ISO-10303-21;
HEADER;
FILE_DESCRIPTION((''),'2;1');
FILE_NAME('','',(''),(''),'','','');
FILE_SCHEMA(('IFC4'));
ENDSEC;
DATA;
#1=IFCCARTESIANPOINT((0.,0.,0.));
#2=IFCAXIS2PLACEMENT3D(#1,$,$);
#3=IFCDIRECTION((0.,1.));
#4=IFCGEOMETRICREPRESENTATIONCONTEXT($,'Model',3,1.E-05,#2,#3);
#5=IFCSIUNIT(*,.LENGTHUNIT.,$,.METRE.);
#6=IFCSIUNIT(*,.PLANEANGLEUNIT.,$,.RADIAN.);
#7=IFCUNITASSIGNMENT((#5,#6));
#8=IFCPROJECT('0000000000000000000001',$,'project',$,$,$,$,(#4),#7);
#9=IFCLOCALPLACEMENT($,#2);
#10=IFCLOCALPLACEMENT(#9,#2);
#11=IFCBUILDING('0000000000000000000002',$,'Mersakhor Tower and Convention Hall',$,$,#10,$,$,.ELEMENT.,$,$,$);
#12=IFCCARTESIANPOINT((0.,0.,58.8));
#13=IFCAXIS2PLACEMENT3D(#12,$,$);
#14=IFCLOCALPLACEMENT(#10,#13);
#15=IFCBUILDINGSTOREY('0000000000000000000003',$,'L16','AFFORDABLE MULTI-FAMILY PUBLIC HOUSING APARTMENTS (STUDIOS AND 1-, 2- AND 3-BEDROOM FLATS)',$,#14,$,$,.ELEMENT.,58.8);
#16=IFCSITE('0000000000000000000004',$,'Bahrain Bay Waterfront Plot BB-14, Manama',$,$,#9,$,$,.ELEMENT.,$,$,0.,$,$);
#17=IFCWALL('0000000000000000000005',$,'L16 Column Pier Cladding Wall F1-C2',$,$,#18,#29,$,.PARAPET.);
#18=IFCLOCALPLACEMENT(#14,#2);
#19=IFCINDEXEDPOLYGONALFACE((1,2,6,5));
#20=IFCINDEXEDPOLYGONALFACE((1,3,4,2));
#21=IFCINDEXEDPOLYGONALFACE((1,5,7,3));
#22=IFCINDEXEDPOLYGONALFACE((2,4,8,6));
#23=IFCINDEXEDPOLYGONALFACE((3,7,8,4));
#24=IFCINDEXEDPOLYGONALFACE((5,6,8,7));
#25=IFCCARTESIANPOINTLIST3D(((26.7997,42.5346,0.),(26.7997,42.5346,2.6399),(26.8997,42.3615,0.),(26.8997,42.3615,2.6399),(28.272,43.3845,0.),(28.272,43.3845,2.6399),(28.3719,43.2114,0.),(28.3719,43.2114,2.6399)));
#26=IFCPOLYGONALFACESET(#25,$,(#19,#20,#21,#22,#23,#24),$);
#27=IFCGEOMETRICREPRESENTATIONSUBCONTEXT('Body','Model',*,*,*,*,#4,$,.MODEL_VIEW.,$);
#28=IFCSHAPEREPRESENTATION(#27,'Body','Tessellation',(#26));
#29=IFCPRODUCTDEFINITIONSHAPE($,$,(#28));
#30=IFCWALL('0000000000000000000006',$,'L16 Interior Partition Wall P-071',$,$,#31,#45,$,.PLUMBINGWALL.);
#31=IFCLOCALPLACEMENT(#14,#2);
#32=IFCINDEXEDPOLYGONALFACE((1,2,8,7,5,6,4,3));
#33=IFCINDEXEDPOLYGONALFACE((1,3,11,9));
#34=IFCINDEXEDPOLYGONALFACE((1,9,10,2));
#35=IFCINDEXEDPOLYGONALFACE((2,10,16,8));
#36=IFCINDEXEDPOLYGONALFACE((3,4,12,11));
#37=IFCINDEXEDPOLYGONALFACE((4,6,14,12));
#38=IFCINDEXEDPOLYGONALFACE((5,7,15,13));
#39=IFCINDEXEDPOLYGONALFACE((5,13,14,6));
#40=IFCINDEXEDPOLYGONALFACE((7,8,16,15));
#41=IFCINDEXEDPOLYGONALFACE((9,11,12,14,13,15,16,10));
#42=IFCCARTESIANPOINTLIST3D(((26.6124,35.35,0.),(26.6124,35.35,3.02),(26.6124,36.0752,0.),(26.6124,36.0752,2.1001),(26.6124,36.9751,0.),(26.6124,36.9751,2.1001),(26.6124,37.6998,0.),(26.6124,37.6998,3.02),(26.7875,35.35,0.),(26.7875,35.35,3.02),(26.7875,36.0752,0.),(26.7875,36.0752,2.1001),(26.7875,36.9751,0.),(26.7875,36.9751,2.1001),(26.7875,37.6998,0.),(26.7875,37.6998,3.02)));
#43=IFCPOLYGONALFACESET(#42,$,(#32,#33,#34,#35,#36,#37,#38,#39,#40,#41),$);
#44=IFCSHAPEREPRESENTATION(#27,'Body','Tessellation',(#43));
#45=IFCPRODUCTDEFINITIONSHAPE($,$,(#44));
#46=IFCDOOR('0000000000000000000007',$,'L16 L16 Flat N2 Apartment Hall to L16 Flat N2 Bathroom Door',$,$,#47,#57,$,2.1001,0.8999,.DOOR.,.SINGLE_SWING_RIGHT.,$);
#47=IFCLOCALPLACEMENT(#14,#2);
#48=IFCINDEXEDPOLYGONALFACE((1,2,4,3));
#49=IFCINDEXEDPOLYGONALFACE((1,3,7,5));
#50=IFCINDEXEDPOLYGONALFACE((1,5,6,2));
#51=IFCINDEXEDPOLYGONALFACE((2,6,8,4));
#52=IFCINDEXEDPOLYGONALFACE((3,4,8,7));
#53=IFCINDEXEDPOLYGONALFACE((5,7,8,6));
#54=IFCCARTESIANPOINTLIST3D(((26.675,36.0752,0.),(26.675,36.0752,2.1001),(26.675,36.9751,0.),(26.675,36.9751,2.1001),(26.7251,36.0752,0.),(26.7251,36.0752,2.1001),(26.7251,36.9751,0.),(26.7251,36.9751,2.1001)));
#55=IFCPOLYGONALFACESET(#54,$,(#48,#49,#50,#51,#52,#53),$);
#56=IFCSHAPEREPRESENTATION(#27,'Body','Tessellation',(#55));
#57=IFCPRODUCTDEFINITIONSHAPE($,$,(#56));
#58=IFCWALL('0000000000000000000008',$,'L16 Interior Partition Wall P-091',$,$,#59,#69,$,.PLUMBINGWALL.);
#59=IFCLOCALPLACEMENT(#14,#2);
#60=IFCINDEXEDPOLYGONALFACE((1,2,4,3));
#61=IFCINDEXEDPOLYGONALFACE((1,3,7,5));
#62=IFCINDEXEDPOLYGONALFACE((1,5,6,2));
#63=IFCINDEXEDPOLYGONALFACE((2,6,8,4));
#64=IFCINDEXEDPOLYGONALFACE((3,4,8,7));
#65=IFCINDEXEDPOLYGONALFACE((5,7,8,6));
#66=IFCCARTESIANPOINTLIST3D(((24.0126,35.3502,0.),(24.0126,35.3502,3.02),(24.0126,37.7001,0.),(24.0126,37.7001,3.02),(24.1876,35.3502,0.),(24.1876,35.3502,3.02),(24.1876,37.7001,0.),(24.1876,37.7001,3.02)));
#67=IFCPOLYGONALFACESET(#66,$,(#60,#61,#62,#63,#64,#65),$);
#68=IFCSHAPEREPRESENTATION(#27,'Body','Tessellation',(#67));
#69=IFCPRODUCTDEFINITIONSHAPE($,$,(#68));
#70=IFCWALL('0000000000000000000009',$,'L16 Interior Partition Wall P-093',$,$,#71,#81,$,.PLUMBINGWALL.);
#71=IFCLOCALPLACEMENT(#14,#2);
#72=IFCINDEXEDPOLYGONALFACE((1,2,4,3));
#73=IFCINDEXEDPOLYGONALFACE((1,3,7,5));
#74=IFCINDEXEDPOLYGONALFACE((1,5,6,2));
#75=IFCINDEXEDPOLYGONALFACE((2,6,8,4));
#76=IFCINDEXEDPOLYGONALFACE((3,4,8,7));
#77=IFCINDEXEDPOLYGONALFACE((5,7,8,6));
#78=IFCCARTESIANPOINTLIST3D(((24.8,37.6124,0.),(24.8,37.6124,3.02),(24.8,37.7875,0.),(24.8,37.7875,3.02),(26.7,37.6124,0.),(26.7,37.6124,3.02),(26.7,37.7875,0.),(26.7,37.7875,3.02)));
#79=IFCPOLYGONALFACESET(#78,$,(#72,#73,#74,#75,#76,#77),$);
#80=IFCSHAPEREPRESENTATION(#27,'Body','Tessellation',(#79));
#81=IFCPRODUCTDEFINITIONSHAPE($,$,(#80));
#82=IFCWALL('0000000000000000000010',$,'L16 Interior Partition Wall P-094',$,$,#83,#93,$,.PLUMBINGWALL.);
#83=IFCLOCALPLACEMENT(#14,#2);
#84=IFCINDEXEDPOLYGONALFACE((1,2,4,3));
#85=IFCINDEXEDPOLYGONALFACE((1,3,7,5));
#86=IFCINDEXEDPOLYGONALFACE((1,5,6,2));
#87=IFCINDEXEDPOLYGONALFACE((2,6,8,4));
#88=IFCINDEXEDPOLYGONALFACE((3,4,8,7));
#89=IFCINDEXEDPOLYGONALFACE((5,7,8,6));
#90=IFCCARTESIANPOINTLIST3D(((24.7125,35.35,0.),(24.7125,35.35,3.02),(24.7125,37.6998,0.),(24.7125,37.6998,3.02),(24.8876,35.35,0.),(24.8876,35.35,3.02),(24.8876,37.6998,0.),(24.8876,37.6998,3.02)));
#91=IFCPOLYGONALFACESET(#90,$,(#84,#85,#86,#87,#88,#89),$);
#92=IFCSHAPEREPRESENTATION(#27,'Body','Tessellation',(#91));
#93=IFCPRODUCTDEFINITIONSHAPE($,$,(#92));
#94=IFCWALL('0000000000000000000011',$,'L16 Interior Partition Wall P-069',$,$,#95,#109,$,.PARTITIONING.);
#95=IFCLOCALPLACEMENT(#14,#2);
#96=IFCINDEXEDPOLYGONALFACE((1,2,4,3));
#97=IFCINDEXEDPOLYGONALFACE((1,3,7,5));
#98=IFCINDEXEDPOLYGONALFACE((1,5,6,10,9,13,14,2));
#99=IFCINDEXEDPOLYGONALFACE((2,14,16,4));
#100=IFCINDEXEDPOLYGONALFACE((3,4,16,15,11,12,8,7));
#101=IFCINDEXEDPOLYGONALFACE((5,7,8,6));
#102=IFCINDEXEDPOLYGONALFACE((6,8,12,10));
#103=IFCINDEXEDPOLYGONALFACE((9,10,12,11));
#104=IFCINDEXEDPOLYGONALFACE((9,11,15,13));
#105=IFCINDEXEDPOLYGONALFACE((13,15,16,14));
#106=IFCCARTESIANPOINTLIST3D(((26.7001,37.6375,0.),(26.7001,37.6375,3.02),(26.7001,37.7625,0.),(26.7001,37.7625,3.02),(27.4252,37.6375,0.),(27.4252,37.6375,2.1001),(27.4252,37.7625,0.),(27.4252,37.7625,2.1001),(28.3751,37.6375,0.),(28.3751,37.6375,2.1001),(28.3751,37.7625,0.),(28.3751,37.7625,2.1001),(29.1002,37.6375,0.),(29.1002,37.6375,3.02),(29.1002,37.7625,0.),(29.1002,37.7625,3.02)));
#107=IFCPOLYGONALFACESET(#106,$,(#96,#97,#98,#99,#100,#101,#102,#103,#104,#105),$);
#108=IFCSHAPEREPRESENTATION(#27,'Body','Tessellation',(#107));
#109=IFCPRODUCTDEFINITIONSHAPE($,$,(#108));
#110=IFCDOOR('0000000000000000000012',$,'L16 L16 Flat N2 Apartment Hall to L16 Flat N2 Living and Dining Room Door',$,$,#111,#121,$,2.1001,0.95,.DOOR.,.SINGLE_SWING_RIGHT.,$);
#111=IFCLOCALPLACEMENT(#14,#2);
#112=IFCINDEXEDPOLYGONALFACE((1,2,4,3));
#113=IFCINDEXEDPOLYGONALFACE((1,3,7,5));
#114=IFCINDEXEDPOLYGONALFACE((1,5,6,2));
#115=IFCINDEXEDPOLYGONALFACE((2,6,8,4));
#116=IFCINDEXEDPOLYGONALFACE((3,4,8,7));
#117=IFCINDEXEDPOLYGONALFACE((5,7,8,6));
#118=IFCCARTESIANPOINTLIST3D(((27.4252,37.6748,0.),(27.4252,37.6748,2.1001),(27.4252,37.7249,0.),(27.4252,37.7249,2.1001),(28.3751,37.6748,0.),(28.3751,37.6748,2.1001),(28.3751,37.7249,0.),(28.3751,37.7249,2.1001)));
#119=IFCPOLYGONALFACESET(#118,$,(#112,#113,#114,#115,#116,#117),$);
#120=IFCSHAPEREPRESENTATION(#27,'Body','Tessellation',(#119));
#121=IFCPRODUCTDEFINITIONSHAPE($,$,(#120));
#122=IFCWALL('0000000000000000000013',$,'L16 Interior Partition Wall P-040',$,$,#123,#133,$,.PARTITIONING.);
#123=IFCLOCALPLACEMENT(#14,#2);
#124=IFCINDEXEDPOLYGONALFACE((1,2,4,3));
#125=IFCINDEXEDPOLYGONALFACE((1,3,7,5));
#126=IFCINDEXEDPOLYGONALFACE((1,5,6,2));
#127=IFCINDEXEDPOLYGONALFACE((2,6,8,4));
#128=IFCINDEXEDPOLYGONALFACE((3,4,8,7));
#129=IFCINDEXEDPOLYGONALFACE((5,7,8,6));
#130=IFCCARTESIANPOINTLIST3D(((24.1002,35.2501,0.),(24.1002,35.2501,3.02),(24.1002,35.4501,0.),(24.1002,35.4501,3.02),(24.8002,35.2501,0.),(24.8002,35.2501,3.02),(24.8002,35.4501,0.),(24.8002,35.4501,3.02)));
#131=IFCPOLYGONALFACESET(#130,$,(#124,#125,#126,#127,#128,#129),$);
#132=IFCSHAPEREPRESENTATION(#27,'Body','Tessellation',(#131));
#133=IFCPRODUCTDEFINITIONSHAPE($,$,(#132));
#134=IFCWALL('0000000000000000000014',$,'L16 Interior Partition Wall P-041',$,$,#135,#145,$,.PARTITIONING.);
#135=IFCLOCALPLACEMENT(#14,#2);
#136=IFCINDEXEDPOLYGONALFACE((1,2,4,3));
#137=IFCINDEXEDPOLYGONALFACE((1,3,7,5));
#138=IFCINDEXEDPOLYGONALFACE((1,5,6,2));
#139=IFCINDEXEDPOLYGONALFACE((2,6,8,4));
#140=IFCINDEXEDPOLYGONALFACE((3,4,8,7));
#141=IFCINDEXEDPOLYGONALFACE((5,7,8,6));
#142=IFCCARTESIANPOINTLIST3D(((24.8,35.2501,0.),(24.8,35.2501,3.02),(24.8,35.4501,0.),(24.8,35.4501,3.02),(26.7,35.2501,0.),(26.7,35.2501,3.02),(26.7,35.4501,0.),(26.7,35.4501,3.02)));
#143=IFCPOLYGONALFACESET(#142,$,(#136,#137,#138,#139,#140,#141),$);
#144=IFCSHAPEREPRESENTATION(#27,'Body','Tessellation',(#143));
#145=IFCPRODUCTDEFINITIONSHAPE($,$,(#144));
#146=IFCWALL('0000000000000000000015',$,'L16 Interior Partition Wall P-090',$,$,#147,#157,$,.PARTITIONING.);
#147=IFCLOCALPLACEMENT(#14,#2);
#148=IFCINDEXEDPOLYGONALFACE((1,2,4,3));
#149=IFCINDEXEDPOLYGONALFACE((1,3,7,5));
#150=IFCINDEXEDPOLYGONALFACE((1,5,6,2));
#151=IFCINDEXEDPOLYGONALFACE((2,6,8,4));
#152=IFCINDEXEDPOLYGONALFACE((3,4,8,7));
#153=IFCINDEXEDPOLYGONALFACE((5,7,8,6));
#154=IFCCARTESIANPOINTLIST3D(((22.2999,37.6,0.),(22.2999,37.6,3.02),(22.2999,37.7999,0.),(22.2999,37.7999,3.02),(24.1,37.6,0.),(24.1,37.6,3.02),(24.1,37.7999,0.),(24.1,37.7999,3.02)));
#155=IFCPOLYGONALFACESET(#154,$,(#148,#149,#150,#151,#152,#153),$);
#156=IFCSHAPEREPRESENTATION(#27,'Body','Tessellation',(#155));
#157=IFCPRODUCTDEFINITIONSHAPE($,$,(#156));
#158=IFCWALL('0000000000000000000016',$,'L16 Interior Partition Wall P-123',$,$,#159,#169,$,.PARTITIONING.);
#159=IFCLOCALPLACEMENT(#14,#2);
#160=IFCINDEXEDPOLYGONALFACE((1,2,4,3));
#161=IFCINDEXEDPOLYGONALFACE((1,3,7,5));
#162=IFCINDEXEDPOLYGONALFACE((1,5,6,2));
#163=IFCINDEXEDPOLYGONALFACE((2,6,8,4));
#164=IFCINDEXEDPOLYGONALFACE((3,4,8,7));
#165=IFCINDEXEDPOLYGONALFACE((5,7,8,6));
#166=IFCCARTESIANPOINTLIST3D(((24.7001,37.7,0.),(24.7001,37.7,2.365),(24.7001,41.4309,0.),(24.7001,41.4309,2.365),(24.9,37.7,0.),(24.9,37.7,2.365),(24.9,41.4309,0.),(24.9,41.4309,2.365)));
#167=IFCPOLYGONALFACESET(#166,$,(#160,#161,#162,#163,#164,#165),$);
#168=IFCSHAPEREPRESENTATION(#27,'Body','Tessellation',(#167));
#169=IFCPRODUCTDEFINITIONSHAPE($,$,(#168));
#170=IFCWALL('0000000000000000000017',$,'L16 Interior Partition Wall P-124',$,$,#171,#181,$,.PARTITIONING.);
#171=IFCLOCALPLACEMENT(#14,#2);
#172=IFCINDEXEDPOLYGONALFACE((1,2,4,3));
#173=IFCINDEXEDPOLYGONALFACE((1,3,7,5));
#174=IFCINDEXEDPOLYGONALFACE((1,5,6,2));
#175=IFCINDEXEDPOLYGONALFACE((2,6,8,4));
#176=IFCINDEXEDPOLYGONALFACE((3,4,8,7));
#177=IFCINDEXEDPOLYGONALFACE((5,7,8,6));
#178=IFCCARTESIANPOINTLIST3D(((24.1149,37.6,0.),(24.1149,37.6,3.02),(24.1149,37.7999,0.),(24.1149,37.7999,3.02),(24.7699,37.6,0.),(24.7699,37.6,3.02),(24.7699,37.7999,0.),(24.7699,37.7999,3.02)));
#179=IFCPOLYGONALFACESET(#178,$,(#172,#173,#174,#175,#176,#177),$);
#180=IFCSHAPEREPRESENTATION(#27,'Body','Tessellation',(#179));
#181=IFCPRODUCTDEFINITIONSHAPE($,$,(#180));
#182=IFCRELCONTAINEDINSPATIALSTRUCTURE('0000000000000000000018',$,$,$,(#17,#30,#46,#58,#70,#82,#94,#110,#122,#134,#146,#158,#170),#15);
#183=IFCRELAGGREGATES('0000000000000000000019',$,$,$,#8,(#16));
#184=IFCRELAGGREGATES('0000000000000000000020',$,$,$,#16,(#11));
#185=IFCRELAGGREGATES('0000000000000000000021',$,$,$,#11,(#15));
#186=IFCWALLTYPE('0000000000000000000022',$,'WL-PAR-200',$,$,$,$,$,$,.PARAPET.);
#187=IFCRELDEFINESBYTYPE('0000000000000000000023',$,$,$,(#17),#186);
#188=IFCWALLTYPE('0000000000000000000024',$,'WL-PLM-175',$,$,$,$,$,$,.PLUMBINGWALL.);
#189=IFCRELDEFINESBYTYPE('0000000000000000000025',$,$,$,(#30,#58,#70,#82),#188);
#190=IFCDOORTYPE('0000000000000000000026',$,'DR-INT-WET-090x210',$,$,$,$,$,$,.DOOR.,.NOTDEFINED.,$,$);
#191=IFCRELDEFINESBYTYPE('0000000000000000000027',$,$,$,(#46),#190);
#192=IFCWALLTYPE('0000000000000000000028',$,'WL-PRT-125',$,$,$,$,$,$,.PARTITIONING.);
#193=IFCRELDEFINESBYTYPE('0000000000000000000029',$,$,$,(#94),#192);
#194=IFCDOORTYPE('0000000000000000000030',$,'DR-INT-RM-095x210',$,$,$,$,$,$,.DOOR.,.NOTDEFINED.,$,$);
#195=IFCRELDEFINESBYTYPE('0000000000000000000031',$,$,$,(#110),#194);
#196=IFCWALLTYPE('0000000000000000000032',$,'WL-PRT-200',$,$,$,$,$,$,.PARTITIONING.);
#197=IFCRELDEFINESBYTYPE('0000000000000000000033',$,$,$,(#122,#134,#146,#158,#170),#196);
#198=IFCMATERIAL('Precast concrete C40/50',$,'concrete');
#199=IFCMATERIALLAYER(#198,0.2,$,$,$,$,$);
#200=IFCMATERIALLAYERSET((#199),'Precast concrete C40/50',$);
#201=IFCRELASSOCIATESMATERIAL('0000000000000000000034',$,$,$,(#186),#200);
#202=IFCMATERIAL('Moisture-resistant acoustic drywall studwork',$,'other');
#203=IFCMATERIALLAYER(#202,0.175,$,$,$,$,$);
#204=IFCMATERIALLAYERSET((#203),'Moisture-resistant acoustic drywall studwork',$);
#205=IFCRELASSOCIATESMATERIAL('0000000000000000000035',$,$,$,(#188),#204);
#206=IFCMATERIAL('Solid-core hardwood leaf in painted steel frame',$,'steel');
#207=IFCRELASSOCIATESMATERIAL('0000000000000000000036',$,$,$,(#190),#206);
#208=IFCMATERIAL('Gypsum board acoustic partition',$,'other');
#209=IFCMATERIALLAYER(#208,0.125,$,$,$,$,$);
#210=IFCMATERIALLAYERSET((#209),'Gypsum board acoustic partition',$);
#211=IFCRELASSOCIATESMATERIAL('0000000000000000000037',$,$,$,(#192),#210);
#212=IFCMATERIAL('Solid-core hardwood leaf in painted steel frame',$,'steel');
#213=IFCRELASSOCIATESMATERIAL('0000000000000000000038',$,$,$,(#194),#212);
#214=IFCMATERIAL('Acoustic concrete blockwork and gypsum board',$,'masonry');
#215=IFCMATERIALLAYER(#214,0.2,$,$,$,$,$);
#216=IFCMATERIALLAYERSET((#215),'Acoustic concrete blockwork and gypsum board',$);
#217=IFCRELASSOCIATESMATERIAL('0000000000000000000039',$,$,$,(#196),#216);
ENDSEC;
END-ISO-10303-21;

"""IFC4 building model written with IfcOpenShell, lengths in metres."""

from ifc_helpers import new_model, si_unit, direction, frame, frame_2d, origin, place, context, subcontext, project, spatial, rectangle, extrude, material, layer, layer_set, type_object, element, fill, save


model = new_model("IFC4")

# Units and contexts
model_context = context("Model", 3, precision=1e-05, world=origin(), true_north=direction((0.0, 1.0)))
body_context = subcontext(model_context, "Body", "Model", "MODEL_VIEW")
ifc_project = project(units=[si_unit("LENGTHUNIT", "METRE"), si_unit("PLANEANGLEUNIT", "RADIAN")], contexts=[model_context])

# Site, building, storey
site_placement = place(None, origin())
site = spatial("IfcSite", under=ifc_project, at=site_placement, Name="Bahrain Bay Waterfront Plot BB-14, Manama", CompositionType="ELEMENT", RefElevation=0.0)
building_placement = place(site_placement, origin())
building = spatial("IfcBuilding", under=site, at=building_placement, Name="Mersakhor Tower and Convention Hall", CompositionType="ELEMENT")
storey_placement = place(building_placement, frame((0.0, 0.0, 58.8)))
storey = spatial("IfcBuildingStorey", under=building, at=storey_placement, Name="L16", Description="AFFORDABLE MULTI-FAMILY PUBLIC HOUSING APARTMENTS (STUDIOS AND 1-, 2- AND 3-BEDROOM FLATS)", CompositionType="ELEMENT", Elevation=58.8)

# Wall
ifc_material_1 = material(Name="Precast concrete C40/50", Category="concrete")
ifc_layer_1 = layer(ifc_material_1, 0.2)
ifc_layer_set_1 = layer_set([ifc_layer_1], Name="Precast concrete C40/50")
wall_type_1 = type_object("IfcWallType", Name="WL-PAR-200", PredefinedType="PARAPET", material=ifc_layer_set_1)
wall_1_placement = place(storey_placement, frame((26.8496, 42.448, 0.0), z_axis=(0.0, 0.0, 1.0), x_axis=(0.866052, 0.499955, 0.0)))
element("IfcWall", 1, at=wall_1_placement, inside=storey, type_object=wall_type_1, Name="L16 Column Pier Cladding Wall F1-C2", PredefinedType="PARAPET", context=body_context, shape_type="SweptSolid", body=[
    extrude(rectangle(XDim=1.7, YDim=0.2, at=frame_2d((0.8501, 0.0))), origin(), (0.0, 0.0, 1.0), 2.6399),
])

# Wall, opening, door
ifc_material_2 = material(Name="Moisture-resistant acoustic drywall studwork", Category="other")
ifc_layer_2 = layer(ifc_material_2, 0.175)
ifc_layer_set_2 = layer_set([ifc_layer_2], Name="Moisture-resistant acoustic drywall studwork")
wall_type_2 = type_object("IfcWallType", Name="WL-PLM-175", PredefinedType="PLUMBINGWALL", material=ifc_layer_set_2)
wall_2_placement = place(storey_placement, frame((26.7, 35.3501, 0.0), z_axis=(0.0, 0.0, 1.0), x_axis=(0.0, 1.0, 0.0)))
wall_2 = element("IfcWall", 2, at=wall_2_placement, inside=storey, type_object=wall_type_2, Name="L16 Interior Partition Wall P-071", PredefinedType="PLUMBINGWALL", context=body_context, shape_type="SweptSolid", body=[
    extrude(rectangle(XDim=2.3499, YDim=0.175, at=frame_2d((1.1748, 0.0))), origin(), (0.0, 0.0, 1.0), 3.02),
])
opening_1_placement = place(wall_2_placement, frame((0.7251, 0.0, 0.0)))
opening_1 = element("IfcOpeningElement", 3, at=opening_1_placement, cuts=wall_2, PredefinedType="OPENING", context=body_context, shape_type="SweptSolid", body=[
    extrude(rectangle(XDim=0.8999, YDim=2.1001, at=frame_2d((0.45, 1.05))), frame((0.0, 0.0974, 0.0), z_axis=(0.0, -1.0, 0.0), x_axis=(1.0, 0.0, 0.0)), (0.0, 0.0, 1.0), 0.1951),
])
ifc_material_3 = material(Name="Solid-core hardwood leaf in painted steel frame", Category="steel")
door_type_1 = type_object("IfcDoorType", Name="DR-INT-WET-090x210", OperationType="NOTDEFINED", PredefinedType="DOOR", material=ifc_material_3)
door_1_placement = place(opening_1_placement, origin())
door_1 = element("IfcDoor", 4, at=door_1_placement, inside=storey, type_object=door_type_1, Name="L16 L16 Flat N2 Apartment Hall to L16 Flat N2 Bathroom Door", OperationType="SINGLE_SWING_RIGHT", OverallHeight=2.1001, OverallWidth=0.8999, PredefinedType="DOOR", context=body_context, shape_type="SweptSolid", body=[
    extrude(rectangle(XDim=0.8999, YDim=2.1001, at=frame_2d((0.45, 1.05))), frame((0.0, 0.0249, 0.0), z_axis=(0.0, -1.0, 0.0), x_axis=(1.0, 0.0, 0.0)), (0.0, 0.0, 1.0), 0.05),
])
fill(opening_1, door_1)

# Walls
wall_3_placement = place(storey_placement, frame((24.1001, 37.7, 0.0), z_axis=(0.0, 0.0, 1.0), x_axis=(0.0, -1.0, 0.0)))
element("IfcWall", 5, at=wall_3_placement, inside=storey, type_object=wall_type_2, Name="L16 Interior Partition Wall P-091", PredefinedType="PLUMBINGWALL", context=body_context, shape_type="SweptSolid", body=[
    extrude(rectangle(XDim=2.3499, YDim=0.175, at=frame_2d((1.1748, 0.0))), origin(), (0.0, 0.0, 1.0), 3.02),
])
wall_4_placement = place(storey_placement, frame((24.8, 37.7, 0.0), z_axis=(0.0, 0.0, 1.0), x_axis=(1.0, 0.0, 0.0)))
element("IfcWall", 6, at=wall_4_placement, inside=storey, type_object=wall_type_2, Name="L16 Interior Partition Wall P-093", PredefinedType="PLUMBINGWALL", context=body_context, shape_type="SweptSolid", body=[
    extrude(rectangle(XDim=1.8999, YDim=0.175, at=frame_2d((0.95, 0.0))), origin(), (0.0, 0.0, 1.0), 3.02),
])
wall_5_placement = place(storey_placement, frame((24.8, 35.3501, 0.0), z_axis=(0.0, 0.0, 1.0), x_axis=(0.0, 1.0, 0.0)))
element("IfcWall", 7, at=wall_5_placement, inside=storey, type_object=wall_type_2, Name="L16 Interior Partition Wall P-094", PredefinedType="PLUMBINGWALL", context=body_context, shape_type="SweptSolid", body=[
    extrude(rectangle(XDim=2.3499, YDim=0.175, at=frame_2d((1.1748, 0.0))), origin(), (0.0, 0.0, 1.0), 3.02),
])

# Wall, opening, door
ifc_material_4 = material(Name="Gypsum board acoustic partition", Category="other")
ifc_layer_3 = layer(ifc_material_4, 0.125)
ifc_layer_set_3 = layer_set([ifc_layer_3], Name="Gypsum board acoustic partition")
wall_type_3 = type_object("IfcWallType", Name="WL-PRT-125", PredefinedType="PARTITIONING", material=ifc_layer_set_3)
wall_6_placement = place(storey_placement, frame((26.7, 37.7, 0.0), z_axis=(0.0, 0.0, 1.0), x_axis=(1.0, 0.0, 0.0)))
wall_6 = element("IfcWall", 8, at=wall_6_placement, inside=storey, type_object=wall_type_3, Name="L16 Interior Partition Wall P-069", PredefinedType="PARTITIONING", context=body_context, shape_type="SweptSolid", body=[
    extrude(rectangle(XDim=2.4001, YDim=0.125, at=frame_2d((1.2002, 0.0))), origin(), (0.0, 0.0, 1.0), 3.02),
])
opening_2_placement = place(wall_6_placement, frame((0.7251, 0.0, 0.0)))
opening_2 = element("IfcOpeningElement", 9, at=opening_2_placement, cuts=wall_6, PredefinedType="OPENING", context=body_context, shape_type="SweptSolid", body=[
    extrude(rectangle(XDim=0.95, YDim=2.1001, at=frame_2d((0.4751, 1.05))), frame((0.0, 0.0725, 0.0), z_axis=(0.0, -1.0, 0.0), x_axis=(1.0, 0.0, 0.0)), (0.0, 0.0, 1.0), 0.145),
])
ifc_material_5 = material(Name="Solid-core hardwood leaf in painted steel frame", Category="steel")
door_type_2 = type_object("IfcDoorType", Name="DR-INT-RM-095x210", OperationType="NOTDEFINED", PredefinedType="DOOR", material=ifc_material_5)
door_2_placement = place(opening_2_placement, origin())
door_2 = element("IfcDoor", 10, at=door_2_placement, inside=storey, type_object=door_type_2, Name="L16 L16 Flat N2 Apartment Hall to L16 Flat N2 Living and Dining Room Door", OperationType="SINGLE_SWING_RIGHT", OverallHeight=2.1001, OverallWidth=0.95, PredefinedType="DOOR", context=body_context, shape_type="SweptSolid", body=[
    extrude(rectangle(XDim=0.95, YDim=2.1001, at=frame_2d((0.4751, 1.05))), frame((0.0, 0.0249, 0.0), z_axis=(0.0, -1.0, 0.0), x_axis=(1.0, 0.0, 0.0)), (0.0, 0.0, 1.0), 0.05),
])
fill(opening_2, door_2)

# Walls
ifc_material_6 = material(Name="Acoustic concrete blockwork and gypsum board", Category="masonry")
ifc_layer_4 = layer(ifc_material_6, 0.2)
ifc_layer_set_4 = layer_set([ifc_layer_4], Name="Acoustic concrete blockwork and gypsum board")
wall_type_4 = type_object("IfcWallType", Name="WL-PRT-200", PredefinedType="PARTITIONING", material=ifc_layer_set_4)
wall_7_placement = place(storey_placement, frame((24.1001, 35.3501, 0.0), z_axis=(0.0, 0.0, 1.0), x_axis=(1.0, 0.0, 0.0)))
element("IfcWall", 11, at=wall_7_placement, inside=storey, type_object=wall_type_4, Name="L16 Interior Partition Wall P-040", PredefinedType="PARTITIONING", context=body_context, shape_type="SweptSolid", body=[
    extrude(rectangle(XDim=0.7, YDim=0.2, at=frame_2d((0.3501, 0.0))), origin(), (0.0, 0.0, 1.0), 3.02),
])
wall_8_placement = place(storey_placement, frame((24.8, 35.3501, 0.0), z_axis=(0.0, 0.0, 1.0), x_axis=(1.0, 0.0, 0.0)))
element("IfcWall", 12, at=wall_8_placement, inside=storey, type_object=wall_type_4, Name="L16 Interior Partition Wall P-041", PredefinedType="PARTITIONING", context=body_context, shape_type="SweptSolid", body=[
    extrude(rectangle(XDim=1.8999, YDim=0.2, at=frame_2d((0.95, 0.0))), origin(), (0.0, 0.0, 1.0), 3.02),
])

# Walls
wall_9_placement = place(storey_placement, frame((22.3, 37.7, 0.0), z_axis=(0.0, 0.0, 1.0), x_axis=(1.0, 0.0, 0.0)))
element("IfcWall", 13, at=wall_9_placement, inside=storey, type_object=wall_type_4, Name="L16 Interior Partition Wall P-090", PredefinedType="PARTITIONING", context=body_context, shape_type="SweptSolid", body=[
    extrude(rectangle(XDim=1.8, YDim=0.2, at=frame_2d((0.8999, 0.0))), origin(), (0.0, 0.0, 1.0), 3.02),
])
wall_10_placement = place(storey_placement, frame((24.8, 41.4309, 0.0), z_axis=(0.0, 0.0, 1.0), x_axis=(0.0, -1.0, 0.0)))
element("IfcWall", 14, at=wall_10_placement, inside=storey, type_object=wall_type_4, Name="L16 Interior Partition Wall P-123", PredefinedType="PARTITIONING", context=body_context, shape_type="SweptSolid", body=[
    extrude(rectangle(XDim=3.731, YDim=0.2, at=frame_2d((1.8655, 0.0))), origin(), (0.0, 0.0, 1.0), 2.365),
])
wall_11_placement = place(storey_placement, frame((24.77, 37.7, 0.0), z_axis=(0.0, 0.0, 1.0), x_axis=(-1.0, 0.0, 0.0)))
element("IfcWall", 15, at=wall_11_placement, inside=storey, type_object=wall_type_4, Name="L16 Interior Partition Wall P-124", PredefinedType="PARTITIONING", context=body_context, shape_type="SweptSolid", body=[
    extrude(rectangle(XDim=0.655, YDim=0.2, at=frame_2d((0.3276, 0.0))), origin(), (0.0, 0.0, 1.0), 3.02),
])

save(model, "model.ifc")
